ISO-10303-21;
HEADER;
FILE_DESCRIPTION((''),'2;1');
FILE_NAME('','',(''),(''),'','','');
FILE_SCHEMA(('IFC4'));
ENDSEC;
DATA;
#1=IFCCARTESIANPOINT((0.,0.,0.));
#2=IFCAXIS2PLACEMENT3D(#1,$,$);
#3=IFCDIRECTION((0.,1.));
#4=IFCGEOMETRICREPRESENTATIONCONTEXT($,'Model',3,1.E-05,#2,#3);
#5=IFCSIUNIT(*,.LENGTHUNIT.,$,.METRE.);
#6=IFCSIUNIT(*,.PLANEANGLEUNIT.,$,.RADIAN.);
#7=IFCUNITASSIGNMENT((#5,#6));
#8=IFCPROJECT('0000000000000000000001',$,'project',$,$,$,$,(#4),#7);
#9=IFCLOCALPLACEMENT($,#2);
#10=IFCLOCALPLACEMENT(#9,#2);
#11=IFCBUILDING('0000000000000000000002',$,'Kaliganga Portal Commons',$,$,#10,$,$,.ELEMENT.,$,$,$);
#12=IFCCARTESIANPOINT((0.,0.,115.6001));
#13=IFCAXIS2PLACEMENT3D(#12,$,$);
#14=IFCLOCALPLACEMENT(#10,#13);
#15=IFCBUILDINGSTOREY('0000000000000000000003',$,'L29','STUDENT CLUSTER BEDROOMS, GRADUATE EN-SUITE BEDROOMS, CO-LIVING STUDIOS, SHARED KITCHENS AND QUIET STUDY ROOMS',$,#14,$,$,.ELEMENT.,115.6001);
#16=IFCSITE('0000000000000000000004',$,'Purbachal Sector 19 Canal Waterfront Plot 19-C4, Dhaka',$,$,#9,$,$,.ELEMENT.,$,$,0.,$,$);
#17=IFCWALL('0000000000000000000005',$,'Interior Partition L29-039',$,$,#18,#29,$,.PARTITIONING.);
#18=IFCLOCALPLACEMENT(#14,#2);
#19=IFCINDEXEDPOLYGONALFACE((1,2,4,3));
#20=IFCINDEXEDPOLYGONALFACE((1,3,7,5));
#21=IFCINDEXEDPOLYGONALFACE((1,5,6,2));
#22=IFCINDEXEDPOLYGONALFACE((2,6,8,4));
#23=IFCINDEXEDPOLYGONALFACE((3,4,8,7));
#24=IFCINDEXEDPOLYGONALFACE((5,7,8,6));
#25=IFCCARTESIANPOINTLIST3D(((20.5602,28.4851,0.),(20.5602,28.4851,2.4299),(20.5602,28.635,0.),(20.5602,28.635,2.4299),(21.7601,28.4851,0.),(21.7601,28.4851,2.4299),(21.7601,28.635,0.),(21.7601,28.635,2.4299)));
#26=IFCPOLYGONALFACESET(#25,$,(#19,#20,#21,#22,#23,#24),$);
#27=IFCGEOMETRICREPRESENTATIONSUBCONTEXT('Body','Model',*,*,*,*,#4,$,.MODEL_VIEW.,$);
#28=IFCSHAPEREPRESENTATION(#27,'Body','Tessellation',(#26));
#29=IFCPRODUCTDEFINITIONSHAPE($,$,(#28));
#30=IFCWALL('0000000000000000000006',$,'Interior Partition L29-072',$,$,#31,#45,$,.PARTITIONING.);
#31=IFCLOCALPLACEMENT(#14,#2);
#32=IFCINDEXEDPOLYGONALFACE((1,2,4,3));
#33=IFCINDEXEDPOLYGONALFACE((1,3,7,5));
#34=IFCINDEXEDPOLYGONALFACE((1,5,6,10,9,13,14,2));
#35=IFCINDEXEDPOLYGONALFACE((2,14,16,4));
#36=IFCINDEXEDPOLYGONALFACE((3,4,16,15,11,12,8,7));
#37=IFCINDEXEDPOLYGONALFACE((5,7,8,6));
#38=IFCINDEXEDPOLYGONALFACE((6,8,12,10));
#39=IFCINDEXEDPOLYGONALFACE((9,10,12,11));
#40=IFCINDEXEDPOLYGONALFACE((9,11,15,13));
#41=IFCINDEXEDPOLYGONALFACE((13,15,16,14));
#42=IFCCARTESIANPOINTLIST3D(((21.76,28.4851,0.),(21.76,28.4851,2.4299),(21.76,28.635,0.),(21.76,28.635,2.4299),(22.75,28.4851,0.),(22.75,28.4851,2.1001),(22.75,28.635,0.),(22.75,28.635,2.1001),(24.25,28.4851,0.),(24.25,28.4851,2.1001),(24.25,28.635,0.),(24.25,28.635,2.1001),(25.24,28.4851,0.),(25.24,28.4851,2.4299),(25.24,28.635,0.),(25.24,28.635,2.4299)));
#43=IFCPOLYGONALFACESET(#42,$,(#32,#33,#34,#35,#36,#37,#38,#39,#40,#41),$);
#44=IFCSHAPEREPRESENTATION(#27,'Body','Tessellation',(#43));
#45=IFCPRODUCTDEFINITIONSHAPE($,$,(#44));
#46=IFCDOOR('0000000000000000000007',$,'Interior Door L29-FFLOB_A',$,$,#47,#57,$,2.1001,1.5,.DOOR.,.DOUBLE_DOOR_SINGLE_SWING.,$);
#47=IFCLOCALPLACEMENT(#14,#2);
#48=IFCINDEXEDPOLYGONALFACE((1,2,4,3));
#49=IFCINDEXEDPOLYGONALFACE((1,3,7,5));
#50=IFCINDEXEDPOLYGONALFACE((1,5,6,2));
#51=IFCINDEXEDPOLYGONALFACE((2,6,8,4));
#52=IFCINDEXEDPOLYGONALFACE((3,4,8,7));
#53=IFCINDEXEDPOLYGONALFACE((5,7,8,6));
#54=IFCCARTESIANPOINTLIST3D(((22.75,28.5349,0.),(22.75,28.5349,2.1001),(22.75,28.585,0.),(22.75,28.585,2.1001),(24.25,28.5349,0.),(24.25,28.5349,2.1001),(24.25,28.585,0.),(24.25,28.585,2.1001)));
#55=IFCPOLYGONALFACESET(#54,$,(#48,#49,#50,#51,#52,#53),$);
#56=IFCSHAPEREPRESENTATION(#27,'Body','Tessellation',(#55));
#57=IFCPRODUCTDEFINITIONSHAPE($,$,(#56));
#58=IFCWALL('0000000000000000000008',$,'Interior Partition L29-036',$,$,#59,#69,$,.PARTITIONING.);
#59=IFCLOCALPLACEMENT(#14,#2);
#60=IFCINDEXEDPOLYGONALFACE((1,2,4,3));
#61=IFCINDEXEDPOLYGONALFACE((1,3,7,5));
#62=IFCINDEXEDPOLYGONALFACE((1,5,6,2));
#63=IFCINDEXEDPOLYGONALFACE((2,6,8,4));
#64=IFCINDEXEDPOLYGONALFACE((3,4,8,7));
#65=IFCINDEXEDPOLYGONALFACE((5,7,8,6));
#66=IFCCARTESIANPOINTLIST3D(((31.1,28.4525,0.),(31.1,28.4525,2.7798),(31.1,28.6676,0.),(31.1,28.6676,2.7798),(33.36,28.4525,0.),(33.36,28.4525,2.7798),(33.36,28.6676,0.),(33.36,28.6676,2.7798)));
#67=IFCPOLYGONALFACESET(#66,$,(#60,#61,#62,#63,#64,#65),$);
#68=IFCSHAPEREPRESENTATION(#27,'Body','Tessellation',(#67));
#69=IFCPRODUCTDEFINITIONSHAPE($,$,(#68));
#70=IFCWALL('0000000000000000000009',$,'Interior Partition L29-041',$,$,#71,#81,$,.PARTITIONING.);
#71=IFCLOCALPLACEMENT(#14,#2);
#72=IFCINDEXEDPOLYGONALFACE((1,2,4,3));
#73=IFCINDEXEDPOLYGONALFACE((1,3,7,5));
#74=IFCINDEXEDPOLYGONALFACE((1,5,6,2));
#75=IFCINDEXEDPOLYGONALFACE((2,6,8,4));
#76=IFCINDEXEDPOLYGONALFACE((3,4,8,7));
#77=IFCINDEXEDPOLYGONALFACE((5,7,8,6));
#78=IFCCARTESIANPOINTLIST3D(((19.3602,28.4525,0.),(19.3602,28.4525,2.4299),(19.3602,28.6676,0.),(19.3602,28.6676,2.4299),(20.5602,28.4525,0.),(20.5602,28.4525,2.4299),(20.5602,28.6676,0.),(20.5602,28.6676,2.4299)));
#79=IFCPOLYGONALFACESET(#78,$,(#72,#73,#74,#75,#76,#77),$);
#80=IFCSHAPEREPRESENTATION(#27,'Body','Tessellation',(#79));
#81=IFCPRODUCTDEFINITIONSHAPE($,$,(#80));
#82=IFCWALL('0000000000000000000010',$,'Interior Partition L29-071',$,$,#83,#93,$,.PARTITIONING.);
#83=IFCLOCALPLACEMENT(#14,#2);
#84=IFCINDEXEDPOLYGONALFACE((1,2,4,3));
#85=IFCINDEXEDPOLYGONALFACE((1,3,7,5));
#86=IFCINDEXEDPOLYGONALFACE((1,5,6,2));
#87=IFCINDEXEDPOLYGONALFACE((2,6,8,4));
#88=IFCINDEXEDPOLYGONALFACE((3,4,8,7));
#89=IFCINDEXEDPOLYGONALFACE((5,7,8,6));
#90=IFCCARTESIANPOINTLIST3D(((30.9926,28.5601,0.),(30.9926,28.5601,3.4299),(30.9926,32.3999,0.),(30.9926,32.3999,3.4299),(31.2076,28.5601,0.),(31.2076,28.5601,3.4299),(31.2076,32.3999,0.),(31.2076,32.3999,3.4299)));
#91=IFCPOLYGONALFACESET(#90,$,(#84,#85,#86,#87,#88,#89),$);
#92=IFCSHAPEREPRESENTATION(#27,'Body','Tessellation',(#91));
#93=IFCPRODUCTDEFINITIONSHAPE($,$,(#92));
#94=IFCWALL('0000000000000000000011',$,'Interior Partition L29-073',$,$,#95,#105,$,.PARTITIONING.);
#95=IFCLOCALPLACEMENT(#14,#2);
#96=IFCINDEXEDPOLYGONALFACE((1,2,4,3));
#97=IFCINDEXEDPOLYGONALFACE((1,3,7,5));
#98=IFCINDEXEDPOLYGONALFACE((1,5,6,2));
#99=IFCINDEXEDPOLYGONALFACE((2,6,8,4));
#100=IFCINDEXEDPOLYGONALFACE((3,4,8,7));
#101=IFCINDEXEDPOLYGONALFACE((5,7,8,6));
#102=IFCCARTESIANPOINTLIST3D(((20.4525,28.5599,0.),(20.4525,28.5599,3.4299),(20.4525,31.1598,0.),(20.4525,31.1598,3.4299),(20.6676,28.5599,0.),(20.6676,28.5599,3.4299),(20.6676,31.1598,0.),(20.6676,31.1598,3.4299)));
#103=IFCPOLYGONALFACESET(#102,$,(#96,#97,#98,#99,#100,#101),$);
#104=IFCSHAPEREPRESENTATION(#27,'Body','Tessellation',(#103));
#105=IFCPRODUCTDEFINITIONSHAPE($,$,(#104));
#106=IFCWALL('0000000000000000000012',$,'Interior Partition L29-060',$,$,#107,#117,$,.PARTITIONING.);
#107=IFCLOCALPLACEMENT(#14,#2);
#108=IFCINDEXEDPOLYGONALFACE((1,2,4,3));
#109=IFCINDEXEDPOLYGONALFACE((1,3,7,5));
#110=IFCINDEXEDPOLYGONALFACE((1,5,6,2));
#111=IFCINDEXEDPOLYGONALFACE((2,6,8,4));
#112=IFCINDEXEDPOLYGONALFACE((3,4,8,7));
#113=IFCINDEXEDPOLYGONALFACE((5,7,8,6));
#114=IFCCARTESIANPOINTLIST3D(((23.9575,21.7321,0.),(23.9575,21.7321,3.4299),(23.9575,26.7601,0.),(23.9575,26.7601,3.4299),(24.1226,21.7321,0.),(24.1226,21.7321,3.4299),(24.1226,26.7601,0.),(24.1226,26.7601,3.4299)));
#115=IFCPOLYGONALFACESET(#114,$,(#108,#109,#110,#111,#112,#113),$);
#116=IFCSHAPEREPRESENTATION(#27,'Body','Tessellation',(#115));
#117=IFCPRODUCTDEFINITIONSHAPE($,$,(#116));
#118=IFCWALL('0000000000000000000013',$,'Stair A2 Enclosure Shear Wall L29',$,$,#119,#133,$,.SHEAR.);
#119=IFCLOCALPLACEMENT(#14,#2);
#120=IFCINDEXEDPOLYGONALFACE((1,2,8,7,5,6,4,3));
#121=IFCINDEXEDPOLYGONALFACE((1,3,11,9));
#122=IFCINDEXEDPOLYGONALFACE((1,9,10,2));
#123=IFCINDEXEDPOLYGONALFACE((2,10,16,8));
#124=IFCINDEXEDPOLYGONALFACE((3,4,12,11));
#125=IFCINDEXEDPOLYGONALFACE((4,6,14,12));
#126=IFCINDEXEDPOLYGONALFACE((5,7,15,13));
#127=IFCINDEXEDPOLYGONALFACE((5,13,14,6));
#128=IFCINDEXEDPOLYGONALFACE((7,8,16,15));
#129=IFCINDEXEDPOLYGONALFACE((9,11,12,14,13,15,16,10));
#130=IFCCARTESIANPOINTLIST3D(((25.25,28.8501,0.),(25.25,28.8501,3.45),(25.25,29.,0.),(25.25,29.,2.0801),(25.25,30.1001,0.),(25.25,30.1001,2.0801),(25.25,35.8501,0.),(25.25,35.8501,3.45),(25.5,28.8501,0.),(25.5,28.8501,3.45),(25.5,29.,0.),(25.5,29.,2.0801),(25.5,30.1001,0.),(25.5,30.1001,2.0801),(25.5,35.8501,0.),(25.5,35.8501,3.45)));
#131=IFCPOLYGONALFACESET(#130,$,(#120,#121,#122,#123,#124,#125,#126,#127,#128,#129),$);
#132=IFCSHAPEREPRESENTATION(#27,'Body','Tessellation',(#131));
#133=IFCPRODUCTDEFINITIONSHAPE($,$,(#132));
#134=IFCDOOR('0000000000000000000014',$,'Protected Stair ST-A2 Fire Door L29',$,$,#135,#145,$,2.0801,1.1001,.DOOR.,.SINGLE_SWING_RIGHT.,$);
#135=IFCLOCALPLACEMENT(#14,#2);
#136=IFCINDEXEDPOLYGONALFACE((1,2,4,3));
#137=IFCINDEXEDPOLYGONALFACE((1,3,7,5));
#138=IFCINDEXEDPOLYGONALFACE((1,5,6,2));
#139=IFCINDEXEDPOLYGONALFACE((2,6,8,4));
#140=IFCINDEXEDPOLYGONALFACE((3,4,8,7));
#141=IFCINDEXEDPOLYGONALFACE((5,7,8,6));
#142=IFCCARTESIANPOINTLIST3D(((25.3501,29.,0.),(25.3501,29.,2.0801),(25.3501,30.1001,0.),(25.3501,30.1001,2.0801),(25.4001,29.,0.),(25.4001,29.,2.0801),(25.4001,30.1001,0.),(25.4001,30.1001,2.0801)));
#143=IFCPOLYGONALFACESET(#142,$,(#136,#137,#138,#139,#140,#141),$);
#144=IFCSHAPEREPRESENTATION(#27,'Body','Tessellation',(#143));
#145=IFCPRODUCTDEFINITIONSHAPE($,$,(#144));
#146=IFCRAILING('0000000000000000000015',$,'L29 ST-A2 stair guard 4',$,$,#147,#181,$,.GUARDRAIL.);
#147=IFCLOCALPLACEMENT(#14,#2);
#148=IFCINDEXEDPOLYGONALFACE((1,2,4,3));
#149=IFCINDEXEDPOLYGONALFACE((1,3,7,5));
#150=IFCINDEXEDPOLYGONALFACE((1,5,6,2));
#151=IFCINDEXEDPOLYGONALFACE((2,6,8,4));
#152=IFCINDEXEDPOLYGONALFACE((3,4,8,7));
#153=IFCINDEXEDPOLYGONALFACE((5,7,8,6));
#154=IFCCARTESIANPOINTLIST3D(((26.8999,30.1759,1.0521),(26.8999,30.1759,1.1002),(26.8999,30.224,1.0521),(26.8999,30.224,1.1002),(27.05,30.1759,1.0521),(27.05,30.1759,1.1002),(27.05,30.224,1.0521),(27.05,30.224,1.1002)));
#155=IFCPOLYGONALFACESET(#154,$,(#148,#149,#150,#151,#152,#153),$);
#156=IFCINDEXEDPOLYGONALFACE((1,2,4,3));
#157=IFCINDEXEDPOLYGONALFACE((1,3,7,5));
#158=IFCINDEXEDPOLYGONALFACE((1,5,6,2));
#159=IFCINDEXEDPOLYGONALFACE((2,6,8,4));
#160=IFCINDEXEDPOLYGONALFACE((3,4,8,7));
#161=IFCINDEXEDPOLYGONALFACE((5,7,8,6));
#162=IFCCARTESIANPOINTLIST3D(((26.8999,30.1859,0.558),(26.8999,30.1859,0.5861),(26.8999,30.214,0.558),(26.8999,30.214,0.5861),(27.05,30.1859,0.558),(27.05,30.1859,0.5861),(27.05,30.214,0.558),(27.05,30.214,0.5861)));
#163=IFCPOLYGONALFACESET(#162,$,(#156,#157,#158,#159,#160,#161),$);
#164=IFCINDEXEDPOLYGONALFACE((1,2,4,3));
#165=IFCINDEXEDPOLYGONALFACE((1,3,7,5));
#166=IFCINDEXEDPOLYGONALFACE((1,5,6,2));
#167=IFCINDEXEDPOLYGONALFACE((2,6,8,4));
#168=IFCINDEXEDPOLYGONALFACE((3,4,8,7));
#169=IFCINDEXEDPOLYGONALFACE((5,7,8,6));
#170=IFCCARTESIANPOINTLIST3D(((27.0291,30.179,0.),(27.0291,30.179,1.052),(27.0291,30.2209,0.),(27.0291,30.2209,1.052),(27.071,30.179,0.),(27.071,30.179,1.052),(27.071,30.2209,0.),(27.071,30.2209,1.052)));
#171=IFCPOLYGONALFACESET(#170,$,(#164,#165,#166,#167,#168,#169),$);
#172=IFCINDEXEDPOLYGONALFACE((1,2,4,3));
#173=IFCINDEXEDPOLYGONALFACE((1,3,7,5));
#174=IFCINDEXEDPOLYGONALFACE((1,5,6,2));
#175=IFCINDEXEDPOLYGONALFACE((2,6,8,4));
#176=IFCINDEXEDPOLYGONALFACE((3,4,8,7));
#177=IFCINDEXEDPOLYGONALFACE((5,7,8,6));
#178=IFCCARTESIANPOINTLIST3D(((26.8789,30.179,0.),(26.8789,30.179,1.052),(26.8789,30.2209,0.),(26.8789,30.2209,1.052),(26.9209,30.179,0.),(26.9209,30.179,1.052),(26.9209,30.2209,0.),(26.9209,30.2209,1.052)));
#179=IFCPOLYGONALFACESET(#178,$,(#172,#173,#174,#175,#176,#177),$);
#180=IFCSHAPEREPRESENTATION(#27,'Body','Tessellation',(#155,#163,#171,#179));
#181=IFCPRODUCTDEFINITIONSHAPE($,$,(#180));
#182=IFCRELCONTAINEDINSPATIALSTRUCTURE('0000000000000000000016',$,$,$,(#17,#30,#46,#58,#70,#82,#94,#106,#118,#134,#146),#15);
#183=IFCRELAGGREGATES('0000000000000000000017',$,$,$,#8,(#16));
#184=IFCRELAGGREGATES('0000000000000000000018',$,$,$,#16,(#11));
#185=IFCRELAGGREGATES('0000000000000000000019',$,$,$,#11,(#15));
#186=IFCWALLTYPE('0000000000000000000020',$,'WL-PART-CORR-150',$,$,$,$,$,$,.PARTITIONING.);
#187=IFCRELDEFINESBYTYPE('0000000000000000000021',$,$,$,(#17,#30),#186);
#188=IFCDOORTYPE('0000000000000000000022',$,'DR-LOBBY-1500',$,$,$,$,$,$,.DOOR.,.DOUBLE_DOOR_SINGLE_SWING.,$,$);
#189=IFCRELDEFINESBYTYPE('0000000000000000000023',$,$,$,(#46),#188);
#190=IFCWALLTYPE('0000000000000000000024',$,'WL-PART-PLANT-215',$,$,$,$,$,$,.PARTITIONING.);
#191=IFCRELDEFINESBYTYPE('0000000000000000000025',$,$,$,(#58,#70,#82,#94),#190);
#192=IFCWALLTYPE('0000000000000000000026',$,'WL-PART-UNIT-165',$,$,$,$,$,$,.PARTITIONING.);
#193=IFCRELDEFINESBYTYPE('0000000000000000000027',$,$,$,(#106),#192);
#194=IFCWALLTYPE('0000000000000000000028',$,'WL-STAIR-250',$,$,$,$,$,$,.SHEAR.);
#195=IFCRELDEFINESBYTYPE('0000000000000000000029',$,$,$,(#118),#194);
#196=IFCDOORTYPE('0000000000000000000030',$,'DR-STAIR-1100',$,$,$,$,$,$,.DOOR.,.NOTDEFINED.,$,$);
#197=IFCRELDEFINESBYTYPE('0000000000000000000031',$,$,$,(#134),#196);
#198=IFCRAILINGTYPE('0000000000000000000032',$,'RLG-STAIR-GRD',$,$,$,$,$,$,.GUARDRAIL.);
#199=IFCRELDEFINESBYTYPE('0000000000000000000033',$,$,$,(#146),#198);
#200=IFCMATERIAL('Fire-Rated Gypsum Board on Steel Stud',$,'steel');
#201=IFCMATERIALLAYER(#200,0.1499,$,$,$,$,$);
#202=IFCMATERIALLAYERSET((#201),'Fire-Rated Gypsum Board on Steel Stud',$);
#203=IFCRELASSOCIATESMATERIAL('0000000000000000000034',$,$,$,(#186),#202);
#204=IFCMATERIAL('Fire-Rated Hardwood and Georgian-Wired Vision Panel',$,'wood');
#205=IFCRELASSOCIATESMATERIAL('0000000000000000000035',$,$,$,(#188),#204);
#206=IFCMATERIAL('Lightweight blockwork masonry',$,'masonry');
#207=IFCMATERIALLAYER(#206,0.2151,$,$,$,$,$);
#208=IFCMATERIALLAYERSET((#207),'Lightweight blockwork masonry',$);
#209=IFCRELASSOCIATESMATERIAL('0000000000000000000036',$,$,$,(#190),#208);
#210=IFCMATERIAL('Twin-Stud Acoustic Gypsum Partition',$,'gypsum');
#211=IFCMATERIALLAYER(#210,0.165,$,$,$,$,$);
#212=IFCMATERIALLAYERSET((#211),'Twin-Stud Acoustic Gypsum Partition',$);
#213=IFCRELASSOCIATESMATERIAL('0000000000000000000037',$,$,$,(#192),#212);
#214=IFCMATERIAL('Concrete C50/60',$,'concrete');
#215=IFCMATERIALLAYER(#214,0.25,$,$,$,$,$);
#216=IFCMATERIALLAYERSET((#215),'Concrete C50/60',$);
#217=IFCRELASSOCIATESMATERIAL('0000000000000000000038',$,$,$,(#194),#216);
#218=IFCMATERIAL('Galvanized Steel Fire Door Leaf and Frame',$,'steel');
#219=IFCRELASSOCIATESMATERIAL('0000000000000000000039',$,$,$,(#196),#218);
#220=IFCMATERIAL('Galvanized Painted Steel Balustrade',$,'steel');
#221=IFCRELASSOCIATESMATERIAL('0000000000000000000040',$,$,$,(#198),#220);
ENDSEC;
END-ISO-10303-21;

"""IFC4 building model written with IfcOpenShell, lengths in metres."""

from ifc_helpers import new_model, si_unit, direction, frame, frame_2d, origin, origin_2d, place, context, subcontext, project, spatial, rectangle, extrude, material, layer, layer_set, type_object, element, fill, save


model = new_model("IFC4")

# Units and contexts
model_context = context("Model", 3, precision=1e-05, world=origin(), true_north=direction((0.0, 1.0)))
body_context = subcontext(model_context, "Body", "Model", "MODEL_VIEW")
ifc_project = project(units=[si_unit("LENGTHUNIT", "METRE"), si_unit("PLANEANGLEUNIT", "RADIAN")], contexts=[model_context])

# Site, building, storey
site_placement = place(None, origin())
site = spatial("IfcSite", under=ifc_project, at=site_placement, Name="Purbachal Sector 19 Canal Waterfront Plot 19-C4, Dhaka", CompositionType="ELEMENT", RefElevation=0.0)
building_placement = place(site_placement, origin())
building = spatial("IfcBuilding", under=site, at=building_placement, Name="Kaliganga Portal Commons", CompositionType="ELEMENT")
storey_placement = place(building_placement, frame((0.0, 0.0, 115.6001)))
storey = spatial("IfcBuildingStorey", under=building, at=storey_placement, Name="L29", Description="STUDENT CLUSTER BEDROOMS, GRADUATE EN-SUITE BEDROOMS, CO-LIVING STUDIOS, SHARED KITCHENS AND QUIET STUDY ROOMS", CompositionType="ELEMENT", Elevation=115.6001)

# Shared definitions
ifc_material_1 = material(Name="Fire-Rated Gypsum Board on Steel Stud", Category="steel")
ifc_layer_1 = layer(ifc_material_1, 0.1499)
ifc_layer_set_1 = layer_set([ifc_layer_1], Name="Fire-Rated Gypsum Board on Steel Stud")
wall_type_1 = type_object("IfcWallType", Name="WL-PART-CORR-150", PredefinedType="PARTITIONING", material=ifc_layer_set_1)

# Wall
wall_1_placement = place(storey_placement, frame((20.5601, 28.5601, 0.0), z_axis=(0.0, 0.0, 1.0), x_axis=(1.0, 0.0, 0.0)))
element("IfcWall", 1, at=wall_1_placement, inside=storey, type_object=wall_type_1, Name="Interior Partition L29-039", PredefinedType="PARTITIONING", context=body_context, shape_type="SweptSolid", body=[
    extrude(rectangle(XDim=1.2, YDim=0.1499, at=frame_2d((0.6001, 0.0))), origin(), (0.0, 0.0, 1.0), 2.4299),
])

# Wall, opening, door
wall_2_placement = place(storey_placement, frame((21.76, 28.5601, 0.0), z_axis=(0.0, 0.0, 1.0), x_axis=(1.0, 0.0, 0.0)))
wall_2 = element("IfcWall", 2, at=wall_2_placement, inside=storey, type_object=wall_type_1, Name="Interior Partition L29-072", PredefinedType="PARTITIONING", context=body_context, shape_type="SweptSolid", body=[
    extrude(rectangle(XDim=3.48, YDim=0.1499, at=frame_2d((1.74, 0.0))), origin(), (0.0, 0.0, 1.0), 2.4299),
])
opening_1_placement = place(wall_2_placement, frame((0.99, 0.0, 0.0)))
opening_1 = element("IfcOpeningElement", 3, at=opening_1_placement, cuts=wall_2, PredefinedType="OPENING", context=body_context, shape_type="SweptSolid", body=[
    extrude(rectangle(XDim=1.5, YDim=2.1001, at=frame_2d((0.75, 1.05))), frame((0.0, 0.085, 0.0), z_axis=(0.0, -1.0, 0.0), x_axis=(1.0, 0.0, 0.0)), (0.0, 0.0, 1.0), 0.1699),
])
ifc_material_2 = material(Name="Fire-Rated Hardwood and Georgian-Wired Vision Panel", Category="wood")
door_type_1 = type_object("IfcDoorType", Name="DR-LOBBY-1500", OperationType="DOUBLE_DOOR_SINGLE_SWING", PredefinedType="DOOR", material=ifc_material_2)
door_1_placement = place(opening_1_placement, origin())
door_1 = element("IfcDoor", 4, at=door_1_placement, inside=storey, type_object=door_type_1, Name="Interior Door L29-FFLOB_A", OperationType="DOUBLE_DOOR_SINGLE_SWING", OverallHeight=2.1001, OverallWidth=1.5, PredefinedType="DOOR", context=body_context, shape_type="SweptSolid", body=[
    extrude(rectangle(XDim=1.5, YDim=2.1001, at=frame_2d((0.75, 1.05))), frame((0.0, 0.0249, 0.0), z_axis=(0.0, -1.0, 0.0), x_axis=(1.0, 0.0, 0.0)), (0.0, 0.0, 1.0), 0.05),
])
fill(opening_1, door_1)
ifc_material_3 = material(Name="Lightweight blockwork masonry", Category="masonry")
ifc_layer_2 = layer(ifc_material_3, 0.2151)
ifc_layer_set_2 = layer_set([ifc_layer_2], Name="Lightweight blockwork masonry")
wall_type_2 = type_object("IfcWallType", Name="WL-PART-PLANT-215", PredefinedType="PARTITIONING", material=ifc_layer_set_2)

# Walls
wall_3_placement = place(storey_placement, frame((31.1001, 28.5601, 0.0), z_axis=(0.0, 0.0, 1.0), x_axis=(1.0, 0.0, 0.0)))
element("IfcWall", 5, at=wall_3_placement, inside=storey, type_object=wall_type_2, Name="Interior Partition L29-036", PredefinedType="PARTITIONING", context=body_context, shape_type="SweptSolid", body=[
    extrude(rectangle(XDim=2.26, YDim=0.2151, at=frame_2d((1.1299, 0.0))), origin(), (0.0, 0.0, 1.0), 2.7798),
])
wall_4_placement = place(storey_placement, frame((19.3601, 28.5601, 0.0), z_axis=(0.0, 0.0, 1.0), x_axis=(1.0, 0.0, 0.0)))
element("IfcWall", 6, at=wall_4_placement, inside=storey, type_object=wall_type_2, Name="Interior Partition L29-041", PredefinedType="PARTITIONING", context=body_context, shape_type="SweptSolid", body=[
    extrude(rectangle(XDim=1.2, YDim=0.2151, at=frame_2d((0.6001, 0.0))), origin(), (0.0, 0.0, 1.0), 2.4299),
])
wall_5_placement = place(storey_placement, frame((31.1001, 28.5601, 0.0), z_axis=(0.0, 0.0, 1.0), x_axis=(0.0, 1.0, 0.0)))
element("IfcWall", 7, at=wall_5_placement, inside=storey, type_object=wall_type_2, Name="Interior Partition L29-071", PredefinedType="PARTITIONING", context=body_context, shape_type="SweptSolid", body=[
    extrude(rectangle(XDim=3.8398, YDim=0.2151, at=frame_2d((1.9199, 0.0))), origin(), (0.0, 0.0, 1.0), 3.4299),
])
wall_6_placement = place(storey_placement, frame((20.5601, 28.5601, 0.0), z_axis=(0.0, 0.0, 1.0), x_axis=(0.0, 1.0, 0.0)))
element("IfcWall", 8, at=wall_6_placement, inside=storey, type_object=wall_type_2, Name="Interior Partition L29-073", PredefinedType="PARTITIONING", context=body_context, shape_type="SweptSolid", body=[
    extrude(rectangle(XDim=2.5999, YDim=0.2151, at=frame_2d((1.2998, 0.0))), origin(), (0.0, 0.0, 1.0), 3.4299),
])
ifc_material_4 = material(Name="Twin-Stud Acoustic Gypsum Partition", Category="gypsum")
ifc_layer_3 = layer(ifc_material_4, 0.165)
ifc_layer_set_3 = layer_set([ifc_layer_3], Name="Twin-Stud Acoustic Gypsum Partition")
wall_type_3 = type_object("IfcWallType", Name="WL-PART-UNIT-165", PredefinedType="PARTITIONING", material=ifc_layer_set_3)
wall_7_placement = place(storey_placement, frame((24.04, 21.7319, 0.0), z_axis=(0.0, 0.0, 1.0), x_axis=(0.0, 1.0, 0.0)))
element("IfcWall", 9, at=wall_7_placement, inside=storey, type_object=wall_type_3, Name="Interior Partition L29-060", PredefinedType="PARTITIONING", context=body_context, shape_type="SweptSolid", body=[
    extrude(rectangle(XDim=5.0281, YDim=0.165, at=frame_2d((2.5142, 0.0))), origin(), (0.0, 0.0, 1.0), 3.4299),
])

# Wall, opening, door
ifc_material_5 = material(Name="Concrete C50/60", Category="concrete")
ifc_layer_4 = layer(ifc_material_5, 0.25)
ifc_layer_set_4 = layer_set([ifc_layer_4], Name="Concrete C50/60")
wall_type_4 = type_object("IfcWallType", Name="WL-STAIR-250", PredefinedType="SHEAR", material=ifc_layer_set_4)
wall_8_placement = place(storey_placement, frame((25.375, 28.8501, 0.0), z_axis=(0.0, 0.0, 1.0), x_axis=(0.0, 1.0, 0.0)))
wall_8 = element("IfcWall", 10, at=wall_8_placement, inside=storey, type_object=wall_type_4, Name="Stair A2 Enclosure Shear Wall L29", PredefinedType="SHEAR", context=body_context, shape_type="SweptSolid", body=[
    extrude(rectangle(XDim=7.0, YDim=0.25, at=frame_2d((3.5, 0.0))), origin(), (0.0, 0.0, 1.0), 3.45),
])
opening_2_placement = place(wall_8_placement, frame((0.1499, 0.0, 0.0)))
opening_2 = element("IfcOpeningElement", 11, at=opening_2_placement, cuts=wall_8, PredefinedType="OPENING", context=body_context, shape_type="SweptSolid", body=[
    extrude(rectangle(XDim=1.1001, YDim=2.0801, at=frame_2d((0.55, 1.04))), frame((0.0, 0.135, 0.0), z_axis=(0.0, -1.0, 0.0), x_axis=(1.0, 0.0, 0.0)), (0.0, 0.0, 1.0), 0.27),
])
ifc_material_6 = material(Name="Galvanized Steel Fire Door Leaf and Frame", Category="steel")
door_type_2 = type_object("IfcDoorType", Name="DR-STAIR-1100", OperationType="NOTDEFINED", PredefinedType="DOOR", material=ifc_material_6)
door_2_placement = place(opening_2_placement, origin())
door_2 = element("IfcDoor", 12, at=door_2_placement, inside=storey, type_object=door_type_2, Name="Protected Stair ST-A2 Fire Door L29", OperationType="SINGLE_SWING_RIGHT", OverallHeight=2.0801, OverallWidth=1.1001, PredefinedType="DOOR", context=body_context, shape_type="SweptSolid", body=[
    extrude(rectangle(XDim=1.1001, YDim=2.0801, at=frame_2d((0.55, 1.04))), frame((0.0, 0.0249, 0.0), z_axis=(0.0, -1.0, 0.0), x_axis=(1.0, 0.0, 0.0)), (0.0, 0.0, 1.0), 0.05),
])
fill(opening_2, door_2)

# Railing
ifc_material_7 = material(Name="Galvanized Painted Steel Balustrade", Category="steel")
railing_type = type_object("IfcRailingType", Name="RLG-STAIR-GRD", PredefinedType="GUARDRAIL", material=ifc_material_7)
railing_placement = place(storey_placement, frame((27.05, 30.2, 0.0)))
element("IfcRailing", 13, at=railing_placement, inside=storey, type_object=railing_type, Name="L29 ST-A2 stair guard 4", PredefinedType="GUARDRAIL", context=body_context, shape_type="SweptSolid", body=[
    extrude(rectangle(XDim=0.0481, YDim=0.0481, at=origin_2d()), frame((0.0, 0.0, 1.0762), z_axis=(-1.0, 0.0, 0.0), x_axis=(0.0, -1.0, 0.0)), (0.0, 0.0, 1.0), 0.1501),
    extrude(rectangle(XDim=0.0281, YDim=0.0281, at=origin_2d()), frame((0.0, 0.0, 0.572), z_axis=(-1.0, 0.0, 0.0), x_axis=(0.0, -1.0, 0.0)), (0.0, 0.0, 1.0), 0.1501),
    extrude(rectangle(XDim=0.042, YDim=0.042, at=origin_2d()), origin(), (0.0, 0.0, 1.0), 1.052),
    extrude(rectangle(XDim=0.042, YDim=0.042, at=origin_2d()), frame((-0.1501, 0.0, 0.0)), (0.0, 0.0, 1.0), 1.052),
])

save(model, "model.ifc")
